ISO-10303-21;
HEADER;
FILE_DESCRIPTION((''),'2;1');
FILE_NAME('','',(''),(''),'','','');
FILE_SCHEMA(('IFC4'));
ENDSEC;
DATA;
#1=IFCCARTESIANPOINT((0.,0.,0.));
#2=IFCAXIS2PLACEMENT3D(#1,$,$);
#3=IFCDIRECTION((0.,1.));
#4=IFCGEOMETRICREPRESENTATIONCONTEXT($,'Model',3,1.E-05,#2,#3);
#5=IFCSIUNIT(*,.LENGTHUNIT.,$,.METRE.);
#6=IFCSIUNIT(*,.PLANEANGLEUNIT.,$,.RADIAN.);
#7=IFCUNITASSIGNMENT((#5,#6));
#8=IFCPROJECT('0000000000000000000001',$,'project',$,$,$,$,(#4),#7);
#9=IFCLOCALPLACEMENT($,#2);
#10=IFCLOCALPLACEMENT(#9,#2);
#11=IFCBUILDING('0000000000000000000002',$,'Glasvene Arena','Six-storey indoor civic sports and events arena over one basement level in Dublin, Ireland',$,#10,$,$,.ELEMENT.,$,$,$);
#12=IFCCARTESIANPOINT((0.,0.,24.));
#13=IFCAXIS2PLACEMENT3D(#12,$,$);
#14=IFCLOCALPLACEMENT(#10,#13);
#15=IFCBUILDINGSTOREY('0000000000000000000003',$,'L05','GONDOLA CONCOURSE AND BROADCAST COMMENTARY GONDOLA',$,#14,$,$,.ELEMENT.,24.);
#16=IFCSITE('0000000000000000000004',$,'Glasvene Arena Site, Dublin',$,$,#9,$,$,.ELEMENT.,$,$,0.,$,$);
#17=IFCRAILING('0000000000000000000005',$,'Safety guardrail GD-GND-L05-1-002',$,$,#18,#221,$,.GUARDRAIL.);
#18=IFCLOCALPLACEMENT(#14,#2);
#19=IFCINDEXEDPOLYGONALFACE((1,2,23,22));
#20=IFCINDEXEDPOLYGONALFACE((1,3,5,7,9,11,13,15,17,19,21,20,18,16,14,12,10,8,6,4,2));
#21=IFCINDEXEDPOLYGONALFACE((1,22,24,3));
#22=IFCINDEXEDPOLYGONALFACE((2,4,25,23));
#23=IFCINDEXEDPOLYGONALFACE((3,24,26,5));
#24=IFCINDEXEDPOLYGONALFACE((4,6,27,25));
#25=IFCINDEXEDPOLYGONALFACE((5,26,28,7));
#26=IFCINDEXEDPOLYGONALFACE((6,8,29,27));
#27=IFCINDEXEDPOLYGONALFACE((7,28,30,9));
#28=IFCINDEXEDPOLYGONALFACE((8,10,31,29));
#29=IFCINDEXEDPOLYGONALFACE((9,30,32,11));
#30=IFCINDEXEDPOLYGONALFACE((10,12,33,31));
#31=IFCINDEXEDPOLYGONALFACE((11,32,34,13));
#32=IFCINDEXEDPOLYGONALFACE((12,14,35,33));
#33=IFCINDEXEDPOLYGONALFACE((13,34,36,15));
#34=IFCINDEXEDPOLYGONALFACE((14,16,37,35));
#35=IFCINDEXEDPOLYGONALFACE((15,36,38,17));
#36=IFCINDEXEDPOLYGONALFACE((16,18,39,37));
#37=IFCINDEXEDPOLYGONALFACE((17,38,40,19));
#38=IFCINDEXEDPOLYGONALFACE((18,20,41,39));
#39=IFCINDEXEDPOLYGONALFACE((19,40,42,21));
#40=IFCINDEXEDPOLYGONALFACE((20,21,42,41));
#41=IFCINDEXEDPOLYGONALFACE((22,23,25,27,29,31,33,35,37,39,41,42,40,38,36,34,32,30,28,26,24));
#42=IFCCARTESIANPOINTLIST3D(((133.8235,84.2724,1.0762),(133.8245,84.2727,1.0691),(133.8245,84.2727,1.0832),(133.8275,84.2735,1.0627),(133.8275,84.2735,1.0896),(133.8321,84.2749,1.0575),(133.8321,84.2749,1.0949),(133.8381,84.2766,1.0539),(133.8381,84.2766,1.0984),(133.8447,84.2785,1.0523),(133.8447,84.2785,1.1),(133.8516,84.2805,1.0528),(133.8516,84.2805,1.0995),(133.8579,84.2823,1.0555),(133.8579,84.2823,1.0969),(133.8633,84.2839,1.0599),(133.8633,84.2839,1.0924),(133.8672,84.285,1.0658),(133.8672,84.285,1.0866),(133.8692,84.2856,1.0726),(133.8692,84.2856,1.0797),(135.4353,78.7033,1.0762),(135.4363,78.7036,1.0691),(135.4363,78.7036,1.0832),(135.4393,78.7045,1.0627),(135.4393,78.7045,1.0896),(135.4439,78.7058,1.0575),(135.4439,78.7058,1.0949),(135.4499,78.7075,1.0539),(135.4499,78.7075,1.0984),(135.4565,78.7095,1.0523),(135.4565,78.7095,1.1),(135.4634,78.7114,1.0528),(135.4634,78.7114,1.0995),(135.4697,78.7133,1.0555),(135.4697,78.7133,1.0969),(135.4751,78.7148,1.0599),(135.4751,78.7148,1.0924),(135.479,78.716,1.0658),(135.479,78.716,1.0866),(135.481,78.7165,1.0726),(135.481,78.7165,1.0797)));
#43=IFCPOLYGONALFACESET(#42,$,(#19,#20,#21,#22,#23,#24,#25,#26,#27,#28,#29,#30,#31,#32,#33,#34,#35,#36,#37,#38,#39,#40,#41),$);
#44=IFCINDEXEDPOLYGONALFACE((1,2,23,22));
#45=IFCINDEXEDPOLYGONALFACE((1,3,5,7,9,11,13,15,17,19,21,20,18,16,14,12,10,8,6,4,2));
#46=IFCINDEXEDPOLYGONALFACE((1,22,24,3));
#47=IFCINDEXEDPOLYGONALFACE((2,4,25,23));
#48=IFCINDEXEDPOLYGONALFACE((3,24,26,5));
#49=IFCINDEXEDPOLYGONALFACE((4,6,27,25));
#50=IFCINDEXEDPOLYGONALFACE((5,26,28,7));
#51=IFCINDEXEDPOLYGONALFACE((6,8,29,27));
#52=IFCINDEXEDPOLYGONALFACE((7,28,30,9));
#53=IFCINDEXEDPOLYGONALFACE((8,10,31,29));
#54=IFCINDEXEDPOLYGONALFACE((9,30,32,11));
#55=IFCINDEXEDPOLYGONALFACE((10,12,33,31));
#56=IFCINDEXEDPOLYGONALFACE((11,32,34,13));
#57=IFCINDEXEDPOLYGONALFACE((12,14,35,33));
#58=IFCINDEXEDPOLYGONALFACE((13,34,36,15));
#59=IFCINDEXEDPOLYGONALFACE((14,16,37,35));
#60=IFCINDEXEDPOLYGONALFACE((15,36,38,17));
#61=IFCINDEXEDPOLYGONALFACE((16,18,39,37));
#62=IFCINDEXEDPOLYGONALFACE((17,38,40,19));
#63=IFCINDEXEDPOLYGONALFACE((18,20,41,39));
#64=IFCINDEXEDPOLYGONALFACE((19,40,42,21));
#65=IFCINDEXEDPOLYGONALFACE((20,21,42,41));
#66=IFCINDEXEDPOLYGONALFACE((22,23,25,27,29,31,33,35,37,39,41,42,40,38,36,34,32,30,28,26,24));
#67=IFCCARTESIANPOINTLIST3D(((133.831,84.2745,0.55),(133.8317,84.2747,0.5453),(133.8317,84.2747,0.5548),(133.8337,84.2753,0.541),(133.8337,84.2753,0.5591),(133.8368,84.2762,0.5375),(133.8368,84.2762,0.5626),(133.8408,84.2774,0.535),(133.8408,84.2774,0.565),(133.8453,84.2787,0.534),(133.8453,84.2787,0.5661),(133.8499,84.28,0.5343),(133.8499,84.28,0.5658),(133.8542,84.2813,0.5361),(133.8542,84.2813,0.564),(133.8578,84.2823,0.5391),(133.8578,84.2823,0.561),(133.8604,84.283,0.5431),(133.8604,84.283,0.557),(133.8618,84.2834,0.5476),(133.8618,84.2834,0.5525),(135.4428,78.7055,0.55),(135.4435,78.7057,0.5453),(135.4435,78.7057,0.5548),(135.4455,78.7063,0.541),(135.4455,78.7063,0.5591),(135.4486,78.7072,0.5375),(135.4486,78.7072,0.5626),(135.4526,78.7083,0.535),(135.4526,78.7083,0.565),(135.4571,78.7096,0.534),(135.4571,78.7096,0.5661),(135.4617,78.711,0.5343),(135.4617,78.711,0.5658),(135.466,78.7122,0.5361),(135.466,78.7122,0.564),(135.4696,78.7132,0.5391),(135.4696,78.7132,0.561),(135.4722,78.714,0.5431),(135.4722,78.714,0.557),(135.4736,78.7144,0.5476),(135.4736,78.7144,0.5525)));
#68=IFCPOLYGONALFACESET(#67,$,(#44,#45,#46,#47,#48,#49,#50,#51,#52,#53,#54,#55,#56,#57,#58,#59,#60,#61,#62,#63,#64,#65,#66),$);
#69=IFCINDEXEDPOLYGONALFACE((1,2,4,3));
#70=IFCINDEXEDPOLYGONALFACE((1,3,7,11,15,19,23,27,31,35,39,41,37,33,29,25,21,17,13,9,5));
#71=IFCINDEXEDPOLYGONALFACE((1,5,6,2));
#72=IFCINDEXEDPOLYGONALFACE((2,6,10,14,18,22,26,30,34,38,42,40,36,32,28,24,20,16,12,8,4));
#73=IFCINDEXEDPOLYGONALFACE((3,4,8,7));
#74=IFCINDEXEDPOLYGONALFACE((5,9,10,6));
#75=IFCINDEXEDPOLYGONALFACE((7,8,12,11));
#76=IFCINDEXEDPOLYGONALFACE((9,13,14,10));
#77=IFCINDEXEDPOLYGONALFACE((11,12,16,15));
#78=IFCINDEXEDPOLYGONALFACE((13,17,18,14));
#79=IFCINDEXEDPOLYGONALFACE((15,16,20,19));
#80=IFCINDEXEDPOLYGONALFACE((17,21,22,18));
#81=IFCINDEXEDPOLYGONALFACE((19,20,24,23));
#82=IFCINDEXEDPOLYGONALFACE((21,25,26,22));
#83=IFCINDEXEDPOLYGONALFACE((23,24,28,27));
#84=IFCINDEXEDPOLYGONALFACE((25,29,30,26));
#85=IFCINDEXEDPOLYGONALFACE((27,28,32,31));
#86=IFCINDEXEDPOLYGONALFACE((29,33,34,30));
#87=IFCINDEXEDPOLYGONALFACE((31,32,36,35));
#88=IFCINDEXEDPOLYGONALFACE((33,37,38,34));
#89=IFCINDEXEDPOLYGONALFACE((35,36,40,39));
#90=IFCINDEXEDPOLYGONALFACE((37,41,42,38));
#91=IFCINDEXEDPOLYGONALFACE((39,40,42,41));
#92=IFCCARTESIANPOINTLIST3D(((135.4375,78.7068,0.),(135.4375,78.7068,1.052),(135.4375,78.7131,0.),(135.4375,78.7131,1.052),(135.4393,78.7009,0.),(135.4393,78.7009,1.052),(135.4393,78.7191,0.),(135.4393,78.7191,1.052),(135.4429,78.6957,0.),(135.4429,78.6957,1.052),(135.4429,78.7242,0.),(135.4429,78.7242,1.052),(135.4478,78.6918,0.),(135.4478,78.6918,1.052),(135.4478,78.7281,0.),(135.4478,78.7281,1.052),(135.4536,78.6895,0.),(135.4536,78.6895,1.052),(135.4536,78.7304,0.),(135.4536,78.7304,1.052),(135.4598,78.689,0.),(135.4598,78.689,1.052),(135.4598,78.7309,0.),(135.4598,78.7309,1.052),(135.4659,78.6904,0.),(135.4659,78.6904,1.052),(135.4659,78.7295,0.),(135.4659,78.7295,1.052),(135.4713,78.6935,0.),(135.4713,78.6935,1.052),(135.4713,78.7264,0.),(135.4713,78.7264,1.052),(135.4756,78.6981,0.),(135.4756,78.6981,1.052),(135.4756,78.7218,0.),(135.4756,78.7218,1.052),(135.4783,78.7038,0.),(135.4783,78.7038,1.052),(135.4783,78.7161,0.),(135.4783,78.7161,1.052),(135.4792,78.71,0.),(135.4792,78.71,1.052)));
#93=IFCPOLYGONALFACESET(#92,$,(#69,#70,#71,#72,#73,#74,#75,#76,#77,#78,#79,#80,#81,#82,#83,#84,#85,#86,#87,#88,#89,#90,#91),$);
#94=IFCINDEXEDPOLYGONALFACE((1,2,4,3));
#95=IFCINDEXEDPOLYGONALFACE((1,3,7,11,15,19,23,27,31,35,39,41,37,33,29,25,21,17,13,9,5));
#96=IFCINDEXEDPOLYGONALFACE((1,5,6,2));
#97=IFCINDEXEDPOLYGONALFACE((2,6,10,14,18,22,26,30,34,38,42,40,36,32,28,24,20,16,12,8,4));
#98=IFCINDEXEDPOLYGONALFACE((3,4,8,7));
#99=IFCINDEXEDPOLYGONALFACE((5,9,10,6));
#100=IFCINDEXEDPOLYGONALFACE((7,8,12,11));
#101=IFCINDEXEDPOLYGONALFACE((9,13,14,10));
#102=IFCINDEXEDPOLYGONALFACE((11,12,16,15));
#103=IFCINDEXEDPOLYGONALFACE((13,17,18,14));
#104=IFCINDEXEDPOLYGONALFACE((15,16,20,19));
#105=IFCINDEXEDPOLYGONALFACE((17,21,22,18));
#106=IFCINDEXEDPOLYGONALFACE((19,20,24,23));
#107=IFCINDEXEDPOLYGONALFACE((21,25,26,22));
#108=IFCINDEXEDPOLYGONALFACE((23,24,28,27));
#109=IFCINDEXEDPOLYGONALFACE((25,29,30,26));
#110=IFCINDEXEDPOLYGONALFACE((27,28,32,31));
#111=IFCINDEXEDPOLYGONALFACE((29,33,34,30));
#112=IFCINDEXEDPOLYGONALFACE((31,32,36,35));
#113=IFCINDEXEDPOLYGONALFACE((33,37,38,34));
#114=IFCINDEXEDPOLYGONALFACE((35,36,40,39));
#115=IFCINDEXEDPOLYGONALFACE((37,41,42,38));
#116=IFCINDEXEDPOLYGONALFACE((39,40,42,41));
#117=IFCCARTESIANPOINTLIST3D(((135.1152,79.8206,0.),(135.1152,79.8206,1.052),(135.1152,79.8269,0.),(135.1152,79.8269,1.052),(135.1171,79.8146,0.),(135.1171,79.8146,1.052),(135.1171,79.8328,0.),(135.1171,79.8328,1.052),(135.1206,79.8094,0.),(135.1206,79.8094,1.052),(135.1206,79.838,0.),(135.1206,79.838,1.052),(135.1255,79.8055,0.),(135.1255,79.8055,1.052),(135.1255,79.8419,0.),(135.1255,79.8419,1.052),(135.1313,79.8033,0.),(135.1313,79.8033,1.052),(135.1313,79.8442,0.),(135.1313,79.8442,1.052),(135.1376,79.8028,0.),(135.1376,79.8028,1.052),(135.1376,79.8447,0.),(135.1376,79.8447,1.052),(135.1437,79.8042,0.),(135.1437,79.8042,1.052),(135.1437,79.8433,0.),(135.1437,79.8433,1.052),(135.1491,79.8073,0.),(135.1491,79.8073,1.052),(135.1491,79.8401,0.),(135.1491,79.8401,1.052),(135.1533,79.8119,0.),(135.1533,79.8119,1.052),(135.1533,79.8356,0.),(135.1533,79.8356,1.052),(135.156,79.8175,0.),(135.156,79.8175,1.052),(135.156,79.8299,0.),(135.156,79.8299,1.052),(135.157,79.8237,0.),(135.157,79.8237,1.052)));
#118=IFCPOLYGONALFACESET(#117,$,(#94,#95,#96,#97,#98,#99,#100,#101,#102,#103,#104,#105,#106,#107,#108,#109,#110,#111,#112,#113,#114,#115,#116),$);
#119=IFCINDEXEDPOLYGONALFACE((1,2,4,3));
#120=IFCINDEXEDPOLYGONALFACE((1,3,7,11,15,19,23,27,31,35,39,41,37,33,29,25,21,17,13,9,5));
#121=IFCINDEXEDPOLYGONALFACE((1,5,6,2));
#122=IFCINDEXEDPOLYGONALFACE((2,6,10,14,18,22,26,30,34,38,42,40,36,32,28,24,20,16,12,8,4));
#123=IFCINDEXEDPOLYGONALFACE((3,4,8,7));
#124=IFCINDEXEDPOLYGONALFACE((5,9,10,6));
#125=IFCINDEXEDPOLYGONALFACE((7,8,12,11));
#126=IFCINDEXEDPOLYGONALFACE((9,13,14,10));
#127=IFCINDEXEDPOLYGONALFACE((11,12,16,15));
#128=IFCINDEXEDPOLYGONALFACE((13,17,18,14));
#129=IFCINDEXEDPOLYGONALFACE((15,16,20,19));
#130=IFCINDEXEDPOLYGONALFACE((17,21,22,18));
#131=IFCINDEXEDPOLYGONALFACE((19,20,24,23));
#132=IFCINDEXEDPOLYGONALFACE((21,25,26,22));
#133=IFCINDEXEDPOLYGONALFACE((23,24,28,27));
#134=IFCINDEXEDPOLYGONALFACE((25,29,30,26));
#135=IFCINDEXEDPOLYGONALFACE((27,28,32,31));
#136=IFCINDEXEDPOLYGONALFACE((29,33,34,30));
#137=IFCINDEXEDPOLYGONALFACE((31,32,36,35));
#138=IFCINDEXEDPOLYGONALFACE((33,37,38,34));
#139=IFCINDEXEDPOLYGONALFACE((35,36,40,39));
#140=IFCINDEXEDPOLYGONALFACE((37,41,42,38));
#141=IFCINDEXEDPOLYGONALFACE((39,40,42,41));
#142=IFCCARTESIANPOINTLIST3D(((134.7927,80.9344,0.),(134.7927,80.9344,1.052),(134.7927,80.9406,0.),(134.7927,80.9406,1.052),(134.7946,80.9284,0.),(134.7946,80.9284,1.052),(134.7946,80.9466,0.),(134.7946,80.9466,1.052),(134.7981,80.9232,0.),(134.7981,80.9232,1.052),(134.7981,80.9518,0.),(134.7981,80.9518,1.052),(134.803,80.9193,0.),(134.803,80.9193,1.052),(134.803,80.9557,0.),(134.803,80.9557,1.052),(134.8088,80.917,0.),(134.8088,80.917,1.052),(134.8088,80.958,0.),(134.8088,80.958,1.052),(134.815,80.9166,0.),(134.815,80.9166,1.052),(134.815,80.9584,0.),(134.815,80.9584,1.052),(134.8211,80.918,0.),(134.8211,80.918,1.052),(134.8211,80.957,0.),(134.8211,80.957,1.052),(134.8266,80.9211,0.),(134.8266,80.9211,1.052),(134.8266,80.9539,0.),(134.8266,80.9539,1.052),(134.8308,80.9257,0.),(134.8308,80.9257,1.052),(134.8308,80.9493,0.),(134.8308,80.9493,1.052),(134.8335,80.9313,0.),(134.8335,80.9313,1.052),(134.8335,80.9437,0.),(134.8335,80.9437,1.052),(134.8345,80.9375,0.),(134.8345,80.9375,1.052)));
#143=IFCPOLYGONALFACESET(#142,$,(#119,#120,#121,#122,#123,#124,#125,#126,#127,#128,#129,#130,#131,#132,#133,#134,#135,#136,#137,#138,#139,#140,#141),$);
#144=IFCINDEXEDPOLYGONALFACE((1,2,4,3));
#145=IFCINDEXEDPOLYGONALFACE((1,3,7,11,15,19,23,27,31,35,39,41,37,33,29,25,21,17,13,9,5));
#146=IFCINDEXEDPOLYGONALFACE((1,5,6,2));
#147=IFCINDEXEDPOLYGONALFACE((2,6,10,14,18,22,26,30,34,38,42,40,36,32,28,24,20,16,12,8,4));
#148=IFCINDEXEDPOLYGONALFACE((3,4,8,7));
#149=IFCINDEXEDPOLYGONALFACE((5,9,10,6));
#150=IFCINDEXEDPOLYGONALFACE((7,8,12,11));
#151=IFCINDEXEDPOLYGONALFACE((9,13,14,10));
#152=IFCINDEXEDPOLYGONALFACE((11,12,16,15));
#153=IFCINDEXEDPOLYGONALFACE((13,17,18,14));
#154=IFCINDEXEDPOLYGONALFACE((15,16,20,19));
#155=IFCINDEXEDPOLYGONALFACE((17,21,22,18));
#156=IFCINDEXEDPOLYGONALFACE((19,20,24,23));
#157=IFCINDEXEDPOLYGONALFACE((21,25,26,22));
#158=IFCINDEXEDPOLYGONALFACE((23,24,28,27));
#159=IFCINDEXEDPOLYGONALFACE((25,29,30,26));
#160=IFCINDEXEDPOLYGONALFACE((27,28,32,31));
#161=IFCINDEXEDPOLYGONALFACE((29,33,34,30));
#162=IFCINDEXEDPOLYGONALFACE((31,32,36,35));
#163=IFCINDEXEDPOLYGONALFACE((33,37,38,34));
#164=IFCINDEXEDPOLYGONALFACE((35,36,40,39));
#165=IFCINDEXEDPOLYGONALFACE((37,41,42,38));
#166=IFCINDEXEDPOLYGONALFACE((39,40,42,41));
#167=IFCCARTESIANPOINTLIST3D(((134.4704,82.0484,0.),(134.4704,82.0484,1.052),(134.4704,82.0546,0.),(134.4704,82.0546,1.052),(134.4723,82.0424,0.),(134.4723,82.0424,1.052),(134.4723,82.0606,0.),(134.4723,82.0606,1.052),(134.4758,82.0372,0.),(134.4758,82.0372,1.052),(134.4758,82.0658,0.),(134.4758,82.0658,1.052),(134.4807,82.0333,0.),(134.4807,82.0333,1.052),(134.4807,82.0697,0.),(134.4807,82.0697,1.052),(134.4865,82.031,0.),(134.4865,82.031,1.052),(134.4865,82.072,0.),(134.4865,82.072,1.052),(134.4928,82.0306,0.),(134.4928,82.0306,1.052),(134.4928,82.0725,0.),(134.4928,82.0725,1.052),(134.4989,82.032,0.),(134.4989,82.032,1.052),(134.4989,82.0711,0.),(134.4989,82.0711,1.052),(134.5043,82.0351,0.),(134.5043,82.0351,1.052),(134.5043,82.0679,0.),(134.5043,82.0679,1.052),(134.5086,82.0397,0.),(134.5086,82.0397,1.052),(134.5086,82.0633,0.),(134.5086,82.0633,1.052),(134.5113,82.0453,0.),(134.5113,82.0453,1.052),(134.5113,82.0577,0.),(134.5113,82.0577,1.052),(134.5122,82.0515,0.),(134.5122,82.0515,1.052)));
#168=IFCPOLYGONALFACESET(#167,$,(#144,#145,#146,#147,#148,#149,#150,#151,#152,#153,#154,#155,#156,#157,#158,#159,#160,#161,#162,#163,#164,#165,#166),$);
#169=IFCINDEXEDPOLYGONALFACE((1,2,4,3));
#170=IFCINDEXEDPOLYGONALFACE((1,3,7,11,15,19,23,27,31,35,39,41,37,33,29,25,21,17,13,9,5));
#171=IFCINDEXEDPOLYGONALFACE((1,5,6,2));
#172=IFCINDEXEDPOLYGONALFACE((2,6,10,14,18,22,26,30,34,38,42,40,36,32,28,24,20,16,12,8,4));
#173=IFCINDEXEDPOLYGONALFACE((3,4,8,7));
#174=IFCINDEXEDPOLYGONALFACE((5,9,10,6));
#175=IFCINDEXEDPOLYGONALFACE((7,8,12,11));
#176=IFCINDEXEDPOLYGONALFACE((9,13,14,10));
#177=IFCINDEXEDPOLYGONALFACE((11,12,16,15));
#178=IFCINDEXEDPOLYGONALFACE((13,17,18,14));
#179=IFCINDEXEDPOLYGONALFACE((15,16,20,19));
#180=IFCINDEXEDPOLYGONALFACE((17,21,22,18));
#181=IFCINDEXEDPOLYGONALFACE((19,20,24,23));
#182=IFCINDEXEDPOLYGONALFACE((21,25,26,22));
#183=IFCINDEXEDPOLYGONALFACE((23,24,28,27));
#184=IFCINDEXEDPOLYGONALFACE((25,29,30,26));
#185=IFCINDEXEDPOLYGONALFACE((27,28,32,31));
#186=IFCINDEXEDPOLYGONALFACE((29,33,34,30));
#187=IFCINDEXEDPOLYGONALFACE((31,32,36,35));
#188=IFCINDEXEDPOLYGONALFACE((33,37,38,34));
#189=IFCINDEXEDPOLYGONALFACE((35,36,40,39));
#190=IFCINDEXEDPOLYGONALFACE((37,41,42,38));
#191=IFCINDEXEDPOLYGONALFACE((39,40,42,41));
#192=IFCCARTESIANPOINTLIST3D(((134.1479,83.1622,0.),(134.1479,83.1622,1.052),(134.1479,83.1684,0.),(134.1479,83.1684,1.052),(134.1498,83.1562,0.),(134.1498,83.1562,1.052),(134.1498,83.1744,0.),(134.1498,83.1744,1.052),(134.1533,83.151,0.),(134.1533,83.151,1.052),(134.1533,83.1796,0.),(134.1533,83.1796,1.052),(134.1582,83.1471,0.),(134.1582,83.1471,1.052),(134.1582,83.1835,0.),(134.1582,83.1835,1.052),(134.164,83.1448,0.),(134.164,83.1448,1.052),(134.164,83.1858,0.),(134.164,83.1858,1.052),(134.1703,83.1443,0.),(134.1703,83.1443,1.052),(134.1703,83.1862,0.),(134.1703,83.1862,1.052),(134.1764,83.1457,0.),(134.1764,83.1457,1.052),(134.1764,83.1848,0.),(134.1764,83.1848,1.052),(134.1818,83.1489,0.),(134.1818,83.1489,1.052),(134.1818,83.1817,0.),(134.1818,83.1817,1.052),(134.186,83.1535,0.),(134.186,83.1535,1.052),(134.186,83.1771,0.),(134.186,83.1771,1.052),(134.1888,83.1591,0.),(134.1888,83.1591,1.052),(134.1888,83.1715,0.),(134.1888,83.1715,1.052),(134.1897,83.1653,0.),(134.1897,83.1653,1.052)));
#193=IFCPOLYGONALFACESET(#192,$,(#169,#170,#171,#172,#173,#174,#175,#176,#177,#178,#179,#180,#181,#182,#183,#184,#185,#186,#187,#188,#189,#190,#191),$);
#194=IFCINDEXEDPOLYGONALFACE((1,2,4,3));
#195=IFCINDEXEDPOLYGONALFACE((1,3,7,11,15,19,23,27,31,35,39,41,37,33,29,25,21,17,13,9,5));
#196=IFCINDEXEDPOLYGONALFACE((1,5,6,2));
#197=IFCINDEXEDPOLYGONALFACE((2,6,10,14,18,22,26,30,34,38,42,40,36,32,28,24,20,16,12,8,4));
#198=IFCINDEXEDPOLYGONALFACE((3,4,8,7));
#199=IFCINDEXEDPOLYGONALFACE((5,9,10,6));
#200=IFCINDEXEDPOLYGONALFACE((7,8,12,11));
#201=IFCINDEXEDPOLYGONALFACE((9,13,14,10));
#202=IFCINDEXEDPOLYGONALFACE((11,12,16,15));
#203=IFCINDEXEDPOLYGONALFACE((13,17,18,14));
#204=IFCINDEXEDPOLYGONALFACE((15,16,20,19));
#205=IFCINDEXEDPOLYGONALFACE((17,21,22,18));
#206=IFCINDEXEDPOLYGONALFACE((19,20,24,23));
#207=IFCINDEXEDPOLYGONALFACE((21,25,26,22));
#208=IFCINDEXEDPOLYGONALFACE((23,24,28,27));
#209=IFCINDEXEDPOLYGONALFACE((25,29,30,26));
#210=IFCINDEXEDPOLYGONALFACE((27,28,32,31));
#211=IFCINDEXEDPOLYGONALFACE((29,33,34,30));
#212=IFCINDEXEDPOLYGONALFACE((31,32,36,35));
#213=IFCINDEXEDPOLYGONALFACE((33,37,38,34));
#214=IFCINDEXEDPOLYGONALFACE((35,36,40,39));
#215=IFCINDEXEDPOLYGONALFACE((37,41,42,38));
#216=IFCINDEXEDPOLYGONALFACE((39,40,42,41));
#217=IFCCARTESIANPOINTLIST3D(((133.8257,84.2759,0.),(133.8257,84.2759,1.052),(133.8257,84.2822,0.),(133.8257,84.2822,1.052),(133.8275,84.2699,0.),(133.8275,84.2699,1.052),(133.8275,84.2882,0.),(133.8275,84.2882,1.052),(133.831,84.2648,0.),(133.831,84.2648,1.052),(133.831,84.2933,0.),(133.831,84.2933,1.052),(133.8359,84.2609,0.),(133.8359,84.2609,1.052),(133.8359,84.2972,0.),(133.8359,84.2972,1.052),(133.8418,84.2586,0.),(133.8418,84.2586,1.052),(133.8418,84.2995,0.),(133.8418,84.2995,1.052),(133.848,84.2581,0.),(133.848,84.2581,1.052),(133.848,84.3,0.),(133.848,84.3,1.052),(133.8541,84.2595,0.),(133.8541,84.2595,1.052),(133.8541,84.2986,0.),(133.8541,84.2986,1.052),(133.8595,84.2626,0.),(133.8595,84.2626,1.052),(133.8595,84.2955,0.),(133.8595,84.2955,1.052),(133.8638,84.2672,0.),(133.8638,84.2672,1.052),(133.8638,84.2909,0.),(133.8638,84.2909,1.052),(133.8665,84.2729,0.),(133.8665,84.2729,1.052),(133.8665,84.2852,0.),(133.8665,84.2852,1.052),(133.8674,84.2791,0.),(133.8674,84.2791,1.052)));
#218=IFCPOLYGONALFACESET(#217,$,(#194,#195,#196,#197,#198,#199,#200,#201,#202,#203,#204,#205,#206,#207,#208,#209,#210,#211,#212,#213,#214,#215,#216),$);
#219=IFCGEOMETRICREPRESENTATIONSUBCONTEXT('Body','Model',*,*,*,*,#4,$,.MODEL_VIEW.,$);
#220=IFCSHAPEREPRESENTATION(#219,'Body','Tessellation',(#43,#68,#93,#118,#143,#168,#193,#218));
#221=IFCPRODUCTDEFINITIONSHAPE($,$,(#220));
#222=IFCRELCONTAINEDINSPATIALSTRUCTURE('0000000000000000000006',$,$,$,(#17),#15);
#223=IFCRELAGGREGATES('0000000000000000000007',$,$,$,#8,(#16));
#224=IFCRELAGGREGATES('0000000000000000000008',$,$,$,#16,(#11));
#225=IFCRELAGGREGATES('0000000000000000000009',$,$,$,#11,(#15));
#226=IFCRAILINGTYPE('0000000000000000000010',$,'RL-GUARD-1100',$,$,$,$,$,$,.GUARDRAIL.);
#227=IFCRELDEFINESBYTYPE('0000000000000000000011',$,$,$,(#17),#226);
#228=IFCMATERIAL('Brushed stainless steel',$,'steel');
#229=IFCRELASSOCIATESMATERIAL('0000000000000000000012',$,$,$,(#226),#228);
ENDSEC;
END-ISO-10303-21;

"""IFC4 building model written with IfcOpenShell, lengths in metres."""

from ifc_helpers import new_model, si_unit, direction, frame, origin, origin_2d, place, context, subcontext, project, spatial, circle, extrude, material, type_object, element, save


model = new_model("IFC4")

# Units and contexts
model_context = context("Model", 3, precision=1e-05, world=origin(), true_north=direction((0.0, 1.0)))
body_context = subcontext(model_context, "Body", "Model", "MODEL_VIEW")
ifc_project = project(units=[si_unit("LENGTHUNIT", "METRE"), si_unit("PLANEANGLEUNIT", "RADIAN")], contexts=[model_context])

# Site, building, storey
site_placement = place(None, origin())
site = spatial("IfcSite", under=ifc_project, at=site_placement, Name="Glasvene Arena Site, Dublin", CompositionType="ELEMENT", RefElevation=0.0)
building_placement = place(site_placement, origin())
building = spatial("IfcBuilding", under=site, at=building_placement, Name="Glasvene Arena", Description="Six-storey indoor civic sports and events arena over one basement level in Dublin, Ireland", CompositionType="ELEMENT")
storey_placement = place(building_placement, frame((0.0, 0.0, 24.0)))
storey = spatial("IfcBuildingStorey", under=building, at=storey_placement, Name="L05", Description="GONDOLA CONCOURSE AND BROADCAST COMMENTARY GONDOLA", CompositionType="ELEMENT", Elevation=24.0)

# Railing
ifc_material_1 = material(Name="Brushed stainless steel", Category="steel")
railing_type_1 = type_object("IfcRailingType", Name="RL-GUARD-1100", PredefinedType="GUARDRAIL", material=ifc_material_1)
railing_1_placement = place(storey_placement, frame((135.4583, 78.71, 0.0)))
element("IfcRailing", 1, at=railing_1_placement, inside=storey, type_object=railing_type_1, Name="Safety guardrail GD-GND-L05-1-002", PredefinedType="GUARDRAIL", context=body_context, shape_type="SweptSolid", body=[
    extrude(circle(Radius=0.0239, at=origin_2d()), frame((0.0, 0.0, 1.0762), z_axis=(-0.278012, 0.960578, 0.0), x_axis=(-0.960578, -0.278012, 0.0)), (0.0, 0.0, 1.0), 5.7976),
    extrude(circle(Radius=0.0161, at=origin_2d()), frame((0.0, 0.0, 0.55), z_axis=(-0.278012, 0.960578, 0.0), x_axis=(-0.960578, -0.278012, 0.0)), (0.0, 0.0, 1.0), 5.7976),
    extrude(circle(Radius=0.021, at=origin_2d()), origin(), (0.0, 0.0, 1.0), 1.052),
    extrude(circle(Radius=0.021, at=origin_2d()), frame((-0.3223, 1.1138, 0.0)), (0.0, 0.0, 1.0), 1.052),
    extrude(circle(Radius=0.021, at=origin_2d()), frame((-0.6448, 2.2275, 0.0)), (0.0, 0.0, 1.0), 1.052),
    extrude(circle(Radius=0.021, at=origin_2d()), frame((-0.967, 3.3416, 0.0)), (0.0, 0.0, 1.0), 1.052),
    extrude(circle(Radius=0.021, at=origin_2d()), frame((-1.2896, 4.4553, 0.0)), (0.0, 0.0, 1.0), 1.052),
    extrude(circle(Radius=0.021, at=origin_2d()), frame((-1.6118, 5.5691, 0.0)), (0.0, 0.0, 1.0), 1.052),
])

save(model, "model.ifc")
